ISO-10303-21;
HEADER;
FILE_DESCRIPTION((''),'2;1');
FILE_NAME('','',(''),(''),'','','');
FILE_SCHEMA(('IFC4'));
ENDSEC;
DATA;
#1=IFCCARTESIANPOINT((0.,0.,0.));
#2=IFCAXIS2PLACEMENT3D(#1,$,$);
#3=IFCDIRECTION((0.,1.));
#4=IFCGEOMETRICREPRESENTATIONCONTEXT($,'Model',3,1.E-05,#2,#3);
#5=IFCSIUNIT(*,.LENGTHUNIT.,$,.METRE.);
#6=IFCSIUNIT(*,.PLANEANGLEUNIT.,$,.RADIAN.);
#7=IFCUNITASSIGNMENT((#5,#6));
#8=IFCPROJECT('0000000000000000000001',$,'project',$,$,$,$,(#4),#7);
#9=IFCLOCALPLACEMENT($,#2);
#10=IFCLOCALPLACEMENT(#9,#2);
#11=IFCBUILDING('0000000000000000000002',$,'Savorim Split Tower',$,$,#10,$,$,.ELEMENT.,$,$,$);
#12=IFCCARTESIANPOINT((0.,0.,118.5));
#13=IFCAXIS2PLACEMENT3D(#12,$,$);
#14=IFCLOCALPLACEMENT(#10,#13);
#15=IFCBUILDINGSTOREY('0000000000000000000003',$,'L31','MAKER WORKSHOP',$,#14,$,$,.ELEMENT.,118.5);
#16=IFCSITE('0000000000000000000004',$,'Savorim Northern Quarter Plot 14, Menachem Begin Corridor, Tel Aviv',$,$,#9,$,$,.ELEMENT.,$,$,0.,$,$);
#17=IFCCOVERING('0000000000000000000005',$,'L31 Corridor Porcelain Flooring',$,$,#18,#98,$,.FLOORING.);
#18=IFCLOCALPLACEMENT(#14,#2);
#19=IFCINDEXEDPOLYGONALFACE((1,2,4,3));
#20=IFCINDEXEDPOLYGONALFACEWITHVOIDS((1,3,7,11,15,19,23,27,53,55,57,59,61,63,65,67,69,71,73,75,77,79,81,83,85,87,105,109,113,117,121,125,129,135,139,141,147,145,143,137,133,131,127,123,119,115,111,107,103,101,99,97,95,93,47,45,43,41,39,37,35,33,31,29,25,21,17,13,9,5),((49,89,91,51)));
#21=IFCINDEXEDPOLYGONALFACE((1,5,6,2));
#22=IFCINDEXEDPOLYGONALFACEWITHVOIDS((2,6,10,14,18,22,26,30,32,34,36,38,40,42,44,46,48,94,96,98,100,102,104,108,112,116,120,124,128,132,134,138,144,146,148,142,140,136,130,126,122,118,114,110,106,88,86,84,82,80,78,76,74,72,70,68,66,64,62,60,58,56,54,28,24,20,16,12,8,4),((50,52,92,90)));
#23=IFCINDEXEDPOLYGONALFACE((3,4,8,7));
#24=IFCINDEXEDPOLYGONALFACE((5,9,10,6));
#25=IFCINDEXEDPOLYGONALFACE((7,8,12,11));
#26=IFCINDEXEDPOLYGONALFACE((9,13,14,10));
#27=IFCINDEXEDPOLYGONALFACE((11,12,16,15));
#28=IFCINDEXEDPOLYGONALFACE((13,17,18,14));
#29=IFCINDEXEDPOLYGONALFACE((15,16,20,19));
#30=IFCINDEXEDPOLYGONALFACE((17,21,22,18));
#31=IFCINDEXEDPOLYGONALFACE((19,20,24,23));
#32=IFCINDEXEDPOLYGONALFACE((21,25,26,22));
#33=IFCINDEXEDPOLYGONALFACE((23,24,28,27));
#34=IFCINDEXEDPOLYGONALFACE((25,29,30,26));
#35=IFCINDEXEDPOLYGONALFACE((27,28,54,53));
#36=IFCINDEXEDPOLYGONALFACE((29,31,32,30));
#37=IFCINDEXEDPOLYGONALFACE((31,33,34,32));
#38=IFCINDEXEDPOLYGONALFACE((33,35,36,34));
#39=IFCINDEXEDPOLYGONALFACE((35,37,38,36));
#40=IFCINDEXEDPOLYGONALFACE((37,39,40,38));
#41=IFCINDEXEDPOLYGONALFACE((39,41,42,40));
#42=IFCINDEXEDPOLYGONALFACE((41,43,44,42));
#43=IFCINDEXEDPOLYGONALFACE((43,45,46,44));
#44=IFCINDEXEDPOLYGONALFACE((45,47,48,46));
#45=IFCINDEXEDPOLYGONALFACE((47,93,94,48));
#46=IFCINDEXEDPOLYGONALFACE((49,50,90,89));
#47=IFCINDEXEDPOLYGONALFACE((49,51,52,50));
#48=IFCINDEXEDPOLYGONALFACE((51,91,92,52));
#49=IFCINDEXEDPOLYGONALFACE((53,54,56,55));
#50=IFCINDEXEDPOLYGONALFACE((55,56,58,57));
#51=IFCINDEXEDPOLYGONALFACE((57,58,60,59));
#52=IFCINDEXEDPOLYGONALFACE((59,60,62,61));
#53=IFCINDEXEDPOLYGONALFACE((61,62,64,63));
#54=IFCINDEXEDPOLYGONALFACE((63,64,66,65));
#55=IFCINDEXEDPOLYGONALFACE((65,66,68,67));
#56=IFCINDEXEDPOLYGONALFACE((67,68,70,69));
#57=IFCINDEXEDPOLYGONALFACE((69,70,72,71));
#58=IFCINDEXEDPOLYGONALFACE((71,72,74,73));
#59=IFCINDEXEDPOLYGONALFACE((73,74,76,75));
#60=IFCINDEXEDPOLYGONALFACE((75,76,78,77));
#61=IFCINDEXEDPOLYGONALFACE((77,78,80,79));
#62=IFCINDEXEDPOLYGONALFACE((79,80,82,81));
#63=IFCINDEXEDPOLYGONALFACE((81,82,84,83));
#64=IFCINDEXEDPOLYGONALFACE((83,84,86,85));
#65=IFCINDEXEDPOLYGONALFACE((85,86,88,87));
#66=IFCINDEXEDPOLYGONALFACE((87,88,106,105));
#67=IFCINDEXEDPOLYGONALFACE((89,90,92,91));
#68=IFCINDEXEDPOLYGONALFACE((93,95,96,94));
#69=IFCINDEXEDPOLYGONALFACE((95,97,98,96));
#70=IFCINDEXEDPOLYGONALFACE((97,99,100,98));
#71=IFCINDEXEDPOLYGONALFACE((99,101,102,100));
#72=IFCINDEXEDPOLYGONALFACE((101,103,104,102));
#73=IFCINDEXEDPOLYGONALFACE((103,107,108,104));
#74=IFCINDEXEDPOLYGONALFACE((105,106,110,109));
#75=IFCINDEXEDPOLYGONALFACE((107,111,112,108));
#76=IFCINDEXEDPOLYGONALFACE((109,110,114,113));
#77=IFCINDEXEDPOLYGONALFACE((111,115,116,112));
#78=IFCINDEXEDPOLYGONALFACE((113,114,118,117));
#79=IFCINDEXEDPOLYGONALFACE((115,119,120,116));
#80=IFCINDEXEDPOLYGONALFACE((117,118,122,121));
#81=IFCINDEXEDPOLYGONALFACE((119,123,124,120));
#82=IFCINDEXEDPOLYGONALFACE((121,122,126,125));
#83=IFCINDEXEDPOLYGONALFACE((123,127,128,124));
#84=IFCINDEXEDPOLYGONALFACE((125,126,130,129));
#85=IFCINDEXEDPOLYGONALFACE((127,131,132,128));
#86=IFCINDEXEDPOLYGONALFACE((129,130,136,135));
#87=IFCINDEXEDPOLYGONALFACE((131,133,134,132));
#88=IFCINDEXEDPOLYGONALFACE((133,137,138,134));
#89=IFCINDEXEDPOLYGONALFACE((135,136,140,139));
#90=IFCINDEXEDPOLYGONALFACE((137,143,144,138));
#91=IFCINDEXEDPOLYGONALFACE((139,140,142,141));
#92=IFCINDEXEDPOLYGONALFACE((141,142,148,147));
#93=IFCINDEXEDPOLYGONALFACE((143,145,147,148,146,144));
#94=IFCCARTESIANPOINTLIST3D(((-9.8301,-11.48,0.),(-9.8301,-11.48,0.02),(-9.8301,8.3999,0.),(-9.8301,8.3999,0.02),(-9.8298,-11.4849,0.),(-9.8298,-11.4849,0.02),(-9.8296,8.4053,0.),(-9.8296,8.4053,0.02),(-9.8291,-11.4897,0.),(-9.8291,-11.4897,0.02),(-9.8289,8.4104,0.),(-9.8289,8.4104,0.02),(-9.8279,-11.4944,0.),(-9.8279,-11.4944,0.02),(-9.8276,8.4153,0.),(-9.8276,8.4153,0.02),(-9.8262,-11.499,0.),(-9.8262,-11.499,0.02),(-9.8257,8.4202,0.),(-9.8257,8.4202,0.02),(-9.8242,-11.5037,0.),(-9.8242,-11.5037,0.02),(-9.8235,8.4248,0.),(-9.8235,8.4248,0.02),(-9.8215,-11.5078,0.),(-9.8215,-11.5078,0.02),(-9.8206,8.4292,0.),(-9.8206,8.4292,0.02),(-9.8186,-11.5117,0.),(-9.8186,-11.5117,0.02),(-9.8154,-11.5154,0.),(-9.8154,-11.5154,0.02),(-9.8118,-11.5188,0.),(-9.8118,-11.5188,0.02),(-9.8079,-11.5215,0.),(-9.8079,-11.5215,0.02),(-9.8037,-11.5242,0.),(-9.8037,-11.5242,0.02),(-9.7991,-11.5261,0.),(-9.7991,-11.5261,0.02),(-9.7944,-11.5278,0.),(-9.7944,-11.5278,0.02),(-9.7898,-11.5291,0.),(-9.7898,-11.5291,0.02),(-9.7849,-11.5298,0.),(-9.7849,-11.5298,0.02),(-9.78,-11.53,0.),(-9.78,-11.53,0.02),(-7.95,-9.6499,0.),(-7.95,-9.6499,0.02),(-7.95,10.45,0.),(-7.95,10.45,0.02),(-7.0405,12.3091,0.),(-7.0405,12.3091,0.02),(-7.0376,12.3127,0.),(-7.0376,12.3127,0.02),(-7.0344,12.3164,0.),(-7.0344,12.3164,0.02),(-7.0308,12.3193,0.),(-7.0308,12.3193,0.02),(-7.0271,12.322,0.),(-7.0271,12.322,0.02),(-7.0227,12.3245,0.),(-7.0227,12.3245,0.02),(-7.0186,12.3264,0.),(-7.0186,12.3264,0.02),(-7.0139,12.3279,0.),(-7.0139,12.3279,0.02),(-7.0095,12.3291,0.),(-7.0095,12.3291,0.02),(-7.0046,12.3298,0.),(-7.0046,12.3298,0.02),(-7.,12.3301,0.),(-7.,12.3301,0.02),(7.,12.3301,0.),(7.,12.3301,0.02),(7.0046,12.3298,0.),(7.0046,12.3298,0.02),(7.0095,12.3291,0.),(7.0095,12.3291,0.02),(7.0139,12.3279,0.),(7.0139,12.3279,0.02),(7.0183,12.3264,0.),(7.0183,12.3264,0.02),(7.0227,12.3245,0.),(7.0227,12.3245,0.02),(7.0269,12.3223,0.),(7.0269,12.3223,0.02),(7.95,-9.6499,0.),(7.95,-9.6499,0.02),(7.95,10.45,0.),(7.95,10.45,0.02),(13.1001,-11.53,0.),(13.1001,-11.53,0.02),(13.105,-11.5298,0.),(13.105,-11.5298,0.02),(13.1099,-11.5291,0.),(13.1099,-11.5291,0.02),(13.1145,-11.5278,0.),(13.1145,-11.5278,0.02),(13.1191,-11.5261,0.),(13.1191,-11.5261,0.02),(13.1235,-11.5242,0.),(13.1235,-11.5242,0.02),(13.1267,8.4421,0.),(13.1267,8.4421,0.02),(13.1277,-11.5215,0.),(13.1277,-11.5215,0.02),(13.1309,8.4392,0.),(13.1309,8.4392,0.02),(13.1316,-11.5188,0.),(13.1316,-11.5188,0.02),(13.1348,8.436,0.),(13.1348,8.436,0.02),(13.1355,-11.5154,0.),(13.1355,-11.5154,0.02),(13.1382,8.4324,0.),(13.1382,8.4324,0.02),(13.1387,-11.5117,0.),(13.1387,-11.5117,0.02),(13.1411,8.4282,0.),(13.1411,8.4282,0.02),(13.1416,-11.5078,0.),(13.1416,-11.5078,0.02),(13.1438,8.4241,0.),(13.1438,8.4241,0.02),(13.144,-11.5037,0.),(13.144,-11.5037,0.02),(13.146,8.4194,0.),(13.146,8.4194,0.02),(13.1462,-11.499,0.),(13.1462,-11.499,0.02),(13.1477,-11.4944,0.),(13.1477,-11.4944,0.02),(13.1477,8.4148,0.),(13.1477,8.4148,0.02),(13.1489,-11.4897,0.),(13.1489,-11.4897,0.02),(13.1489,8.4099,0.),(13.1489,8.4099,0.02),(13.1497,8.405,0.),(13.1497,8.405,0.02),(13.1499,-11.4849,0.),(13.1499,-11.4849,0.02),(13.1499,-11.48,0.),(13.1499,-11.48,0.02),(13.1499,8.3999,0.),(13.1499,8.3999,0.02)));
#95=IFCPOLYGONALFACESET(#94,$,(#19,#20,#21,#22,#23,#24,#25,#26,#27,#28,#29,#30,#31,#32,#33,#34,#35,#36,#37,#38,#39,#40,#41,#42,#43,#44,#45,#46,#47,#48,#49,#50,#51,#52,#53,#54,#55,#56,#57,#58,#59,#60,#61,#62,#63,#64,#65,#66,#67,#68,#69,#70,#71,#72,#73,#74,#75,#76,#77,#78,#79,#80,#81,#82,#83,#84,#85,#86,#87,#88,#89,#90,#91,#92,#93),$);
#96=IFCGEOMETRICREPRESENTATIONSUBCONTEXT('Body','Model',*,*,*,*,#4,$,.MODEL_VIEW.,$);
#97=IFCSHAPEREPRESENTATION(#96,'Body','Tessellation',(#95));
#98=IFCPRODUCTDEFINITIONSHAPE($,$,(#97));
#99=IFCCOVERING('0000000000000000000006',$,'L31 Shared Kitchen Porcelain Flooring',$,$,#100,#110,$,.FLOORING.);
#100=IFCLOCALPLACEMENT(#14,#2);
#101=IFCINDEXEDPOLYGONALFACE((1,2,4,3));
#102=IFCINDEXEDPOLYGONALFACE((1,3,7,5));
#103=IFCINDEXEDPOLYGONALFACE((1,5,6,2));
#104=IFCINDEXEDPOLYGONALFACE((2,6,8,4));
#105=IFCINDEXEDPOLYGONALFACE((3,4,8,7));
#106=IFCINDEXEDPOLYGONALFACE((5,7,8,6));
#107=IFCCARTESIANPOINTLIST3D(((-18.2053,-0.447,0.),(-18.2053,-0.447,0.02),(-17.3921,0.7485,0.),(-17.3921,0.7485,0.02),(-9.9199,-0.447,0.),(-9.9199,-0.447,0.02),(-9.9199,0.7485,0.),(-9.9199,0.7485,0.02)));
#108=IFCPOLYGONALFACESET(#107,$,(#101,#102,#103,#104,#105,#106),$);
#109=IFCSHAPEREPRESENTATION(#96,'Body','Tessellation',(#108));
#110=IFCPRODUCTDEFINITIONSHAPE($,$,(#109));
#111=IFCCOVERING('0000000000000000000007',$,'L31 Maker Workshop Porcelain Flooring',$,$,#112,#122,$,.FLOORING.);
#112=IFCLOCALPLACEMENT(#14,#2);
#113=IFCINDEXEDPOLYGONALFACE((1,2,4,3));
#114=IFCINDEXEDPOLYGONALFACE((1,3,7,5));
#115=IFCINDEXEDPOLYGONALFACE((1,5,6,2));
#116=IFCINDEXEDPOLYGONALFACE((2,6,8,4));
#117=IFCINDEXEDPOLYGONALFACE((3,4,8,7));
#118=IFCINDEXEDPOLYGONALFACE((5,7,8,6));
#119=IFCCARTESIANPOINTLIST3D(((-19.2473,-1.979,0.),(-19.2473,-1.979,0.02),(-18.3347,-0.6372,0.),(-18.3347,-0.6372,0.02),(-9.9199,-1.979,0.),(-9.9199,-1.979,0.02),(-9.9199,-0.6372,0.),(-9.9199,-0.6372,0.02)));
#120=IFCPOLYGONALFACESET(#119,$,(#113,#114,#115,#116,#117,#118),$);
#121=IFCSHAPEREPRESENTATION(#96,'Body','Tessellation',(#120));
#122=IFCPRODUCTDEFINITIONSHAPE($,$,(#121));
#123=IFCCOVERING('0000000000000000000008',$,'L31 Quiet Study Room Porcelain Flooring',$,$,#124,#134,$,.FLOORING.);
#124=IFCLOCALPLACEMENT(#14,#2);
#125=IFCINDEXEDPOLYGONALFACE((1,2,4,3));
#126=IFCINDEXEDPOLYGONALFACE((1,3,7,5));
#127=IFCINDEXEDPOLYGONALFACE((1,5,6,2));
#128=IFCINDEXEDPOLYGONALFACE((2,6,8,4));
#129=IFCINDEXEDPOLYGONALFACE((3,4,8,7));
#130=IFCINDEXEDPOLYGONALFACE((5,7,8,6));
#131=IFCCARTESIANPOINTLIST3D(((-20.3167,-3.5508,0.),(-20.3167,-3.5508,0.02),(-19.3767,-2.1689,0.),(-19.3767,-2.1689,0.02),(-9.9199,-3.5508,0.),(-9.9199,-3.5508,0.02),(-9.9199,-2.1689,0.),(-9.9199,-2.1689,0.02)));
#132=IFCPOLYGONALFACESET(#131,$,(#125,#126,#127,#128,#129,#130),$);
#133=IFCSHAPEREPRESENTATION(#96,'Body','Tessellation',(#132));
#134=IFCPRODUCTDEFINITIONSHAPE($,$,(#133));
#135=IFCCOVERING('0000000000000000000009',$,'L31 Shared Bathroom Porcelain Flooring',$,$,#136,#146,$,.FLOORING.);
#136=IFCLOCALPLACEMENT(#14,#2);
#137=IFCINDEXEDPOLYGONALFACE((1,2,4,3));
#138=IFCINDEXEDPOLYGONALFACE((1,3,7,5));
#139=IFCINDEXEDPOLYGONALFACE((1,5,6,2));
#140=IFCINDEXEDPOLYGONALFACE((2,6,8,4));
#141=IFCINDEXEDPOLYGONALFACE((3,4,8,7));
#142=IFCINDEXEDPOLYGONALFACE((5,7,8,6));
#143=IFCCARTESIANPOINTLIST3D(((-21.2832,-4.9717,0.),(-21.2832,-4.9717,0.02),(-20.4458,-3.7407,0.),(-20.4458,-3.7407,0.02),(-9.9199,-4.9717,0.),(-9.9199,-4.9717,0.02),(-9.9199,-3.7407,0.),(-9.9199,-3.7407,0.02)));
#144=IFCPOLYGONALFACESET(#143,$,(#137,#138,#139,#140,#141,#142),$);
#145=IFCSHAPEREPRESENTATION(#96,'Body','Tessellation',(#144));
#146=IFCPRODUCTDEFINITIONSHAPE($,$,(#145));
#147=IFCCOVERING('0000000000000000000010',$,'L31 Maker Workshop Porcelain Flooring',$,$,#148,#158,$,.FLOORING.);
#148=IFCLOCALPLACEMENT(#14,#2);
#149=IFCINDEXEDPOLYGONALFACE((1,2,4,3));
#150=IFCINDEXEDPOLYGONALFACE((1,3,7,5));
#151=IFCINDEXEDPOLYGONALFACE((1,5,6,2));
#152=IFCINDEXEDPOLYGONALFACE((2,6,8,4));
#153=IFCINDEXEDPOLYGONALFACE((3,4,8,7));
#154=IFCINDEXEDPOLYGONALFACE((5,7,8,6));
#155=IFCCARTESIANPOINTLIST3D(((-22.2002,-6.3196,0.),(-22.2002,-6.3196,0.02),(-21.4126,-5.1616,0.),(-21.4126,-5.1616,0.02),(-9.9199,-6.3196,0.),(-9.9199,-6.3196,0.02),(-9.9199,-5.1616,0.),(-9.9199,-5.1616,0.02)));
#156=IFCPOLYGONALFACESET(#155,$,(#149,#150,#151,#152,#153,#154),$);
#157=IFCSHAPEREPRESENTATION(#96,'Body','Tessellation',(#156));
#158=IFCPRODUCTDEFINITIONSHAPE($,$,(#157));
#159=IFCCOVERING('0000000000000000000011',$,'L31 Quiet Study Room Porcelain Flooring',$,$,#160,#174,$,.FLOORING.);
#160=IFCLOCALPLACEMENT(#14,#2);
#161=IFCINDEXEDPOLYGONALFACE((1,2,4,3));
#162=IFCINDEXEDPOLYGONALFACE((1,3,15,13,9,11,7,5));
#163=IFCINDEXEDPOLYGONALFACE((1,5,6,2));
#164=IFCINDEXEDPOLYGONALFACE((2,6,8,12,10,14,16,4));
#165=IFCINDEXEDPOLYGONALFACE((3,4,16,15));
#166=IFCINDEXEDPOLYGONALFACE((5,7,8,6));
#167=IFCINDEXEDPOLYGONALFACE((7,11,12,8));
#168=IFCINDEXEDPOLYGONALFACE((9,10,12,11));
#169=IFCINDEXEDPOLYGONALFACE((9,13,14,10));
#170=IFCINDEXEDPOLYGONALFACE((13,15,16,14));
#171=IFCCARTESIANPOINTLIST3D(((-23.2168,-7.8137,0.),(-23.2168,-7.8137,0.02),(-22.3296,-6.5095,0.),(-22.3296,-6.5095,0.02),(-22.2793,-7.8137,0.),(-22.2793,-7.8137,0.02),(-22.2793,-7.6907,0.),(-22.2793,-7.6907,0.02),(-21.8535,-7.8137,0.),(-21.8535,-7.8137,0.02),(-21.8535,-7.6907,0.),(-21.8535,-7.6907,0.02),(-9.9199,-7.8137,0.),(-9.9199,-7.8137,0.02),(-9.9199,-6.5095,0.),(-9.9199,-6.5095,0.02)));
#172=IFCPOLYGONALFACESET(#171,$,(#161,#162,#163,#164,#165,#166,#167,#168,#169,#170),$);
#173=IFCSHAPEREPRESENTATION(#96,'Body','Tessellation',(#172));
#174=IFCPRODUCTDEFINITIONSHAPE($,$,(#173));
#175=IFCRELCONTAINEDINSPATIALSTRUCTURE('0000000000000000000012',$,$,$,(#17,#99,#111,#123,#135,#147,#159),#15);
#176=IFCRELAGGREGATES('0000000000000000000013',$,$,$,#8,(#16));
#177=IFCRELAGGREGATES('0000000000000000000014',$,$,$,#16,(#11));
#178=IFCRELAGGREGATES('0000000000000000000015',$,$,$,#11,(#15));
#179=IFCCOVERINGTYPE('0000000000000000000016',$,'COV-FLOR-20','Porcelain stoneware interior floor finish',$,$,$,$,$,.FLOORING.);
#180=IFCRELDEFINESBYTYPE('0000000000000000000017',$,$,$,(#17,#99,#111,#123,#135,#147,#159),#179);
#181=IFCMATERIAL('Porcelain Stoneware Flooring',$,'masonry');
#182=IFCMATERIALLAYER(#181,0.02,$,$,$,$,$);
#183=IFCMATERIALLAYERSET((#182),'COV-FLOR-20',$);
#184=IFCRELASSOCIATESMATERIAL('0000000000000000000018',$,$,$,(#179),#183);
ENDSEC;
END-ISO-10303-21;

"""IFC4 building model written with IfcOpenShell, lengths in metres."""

from ifc_helpers import new_model, si_unit, direction, frame, origin, place, context, subcontext, project, spatial, polyline, outline, extrude, material, layer, layer_set, type_object, element, save


model = new_model("IFC4")

# Units and contexts
model_context = context("Model", 3, precision=1e-05, world=origin(), true_north=direction((0.0, 1.0)))
body_context = subcontext(model_context, "Body", "Model", "MODEL_VIEW")
ifc_project = project(units=[si_unit("LENGTHUNIT", "METRE"), si_unit("PLANEANGLEUNIT", "RADIAN")], contexts=[model_context])

# Site, building, storey
site_placement = place(None, origin())
site = spatial("IfcSite", under=ifc_project, at=site_placement, Name="Savorim Northern Quarter Plot 14, Menachem Begin Corridor, Tel Aviv", CompositionType="ELEMENT", RefElevation=0.0)
building_placement = place(site_placement, origin())
building = spatial("IfcBuilding", under=site, at=building_placement, Name="Savorim Split Tower", CompositionType="ELEMENT")
storey_placement = place(building_placement, frame((0.0, 0.0, 118.5)))
storey = spatial("IfcBuildingStorey", under=building, at=storey_placement, Name="L31", Description="MAKER WORKSHOP", CompositionType="ELEMENT", Elevation=118.5)

# Coverings
ifc_material_1 = material(Name="Porcelain Stoneware Flooring", Category="masonry")
ifc_layer_1 = layer(ifc_material_1, 0.02)
ifc_layer_set_1 = layer_set([ifc_layer_1], Name="COV-FLOR-20")
covering_type_1 = type_object("IfcCoveringType", Name="COV-FLOR-20", Description="Porcelain stoneware interior floor finish", PredefinedType="FLOORING", material=ifc_layer_set_1)
covering_1_placement = place(storey_placement, origin())
element("IfcCovering", 1, at=covering_1_placement, inside=storey, type_object=covering_type_1, Name="L31 Corridor Porcelain Flooring", PredefinedType="FLOORING", context=body_context, shape_type="SweptSolid", body=[
    extrude(outline(polyline([(7.0095, 12.3291), (7.0046, 12.3298), (7.0, 12.3301), (-7.0, 12.3301), (-7.0046, 12.3298), (-7.0095, 12.3291), (-7.0139, 12.3279), (-7.0186, 12.3264), (-7.0227, 12.3245), (-7.0271, 12.322), (-7.0308, 12.3193), (-7.0344, 12.3164), (-7.0376, 12.3127), (-7.0405, 12.3091), (-9.8206, 8.4292), (-9.8235, 8.4248), (-9.8257, 8.4202), (-9.8276, 8.4153), (-9.8289, 8.4104), (-9.8296, 8.4053), (-9.8301, 8.3999), (-9.8301, -11.48), (-9.8298, -11.4849), (-9.8291, -11.4897), (-9.8279, -11.4944), (-9.8262, -11.499), (-9.8242, -11.5037), (-9.8215, -11.5078), (-9.8186, -11.5117), (-9.8154, -11.5154), (-9.8118, -11.5188), (-9.8079, -11.5215), (-9.8037, -11.5242), (-9.7991, -11.5261), (-9.7944, -11.5278), (-9.7898, -11.5291), (-9.7849, -11.5298), (-9.78, -11.53), (13.1001, -11.53), (13.105, -11.5298), (13.1099, -11.5291), (13.1145, -11.5278), (13.1191, -11.5261), (13.1235, -11.5242), (13.1277, -11.5215), (13.1316, -11.5188), (13.1355, -11.5154), (13.1387, -11.5117), (13.1416, -11.5078), (13.144, -11.5037), (13.1462, -11.499), (13.1477, -11.4944), (13.1489, -11.4897), (13.1499, -11.4849), (13.1499, -11.48), (13.1499, 8.3999), (13.1497, 8.405), (13.1489, 8.4099), (13.1477, 8.4148), (13.146, 8.4194), (13.1438, 8.4241), (13.1411, 8.4282), (13.1382, 8.4324), (13.1348, 8.436), (13.1309, 8.4392), (13.1267, 8.4421), (7.0269, 12.3223), (7.0227, 12.3245), (7.0183, 12.3264), (7.0139, 12.3279), (7.0095, 12.3291)]), holes=[polyline([(-7.95, 10.45), (-7.95, -9.6499), (7.95, -9.6499), (7.95, 10.45), (-7.95, 10.45)])]), origin(), (0.0, 0.0, 1.0), 0.02),
])
covering_2_placement = place(storey_placement, origin())
element("IfcCovering", 2, at=covering_2_placement, inside=storey, type_object=covering_type_1, Name="L31 Shared Kitchen Porcelain Flooring", PredefinedType="FLOORING", context=body_context, shape_type="SweptSolid", body=[
    extrude(outline(polyline([(-17.3921, 0.7485), (-18.2053, -0.447), (-9.9199, -0.447), (-9.9199, 0.7485), (-17.3921, 0.7485)])), origin(), (0.0, 0.0, 1.0), 0.02),
])
covering_3_placement = place(storey_placement, origin())
element("IfcCovering", 3, at=covering_3_placement, inside=storey, type_object=covering_type_1, Name="L31 Maker Workshop Porcelain Flooring", PredefinedType="FLOORING", context=body_context, shape_type="SweptSolid", body=[
    extrude(outline(polyline([(-18.3347, -0.6372), (-19.2473, -1.979), (-9.9199, -1.979), (-9.9199, -0.6372), (-18.3347, -0.6372)])), origin(), (0.0, 0.0, 1.0), 0.02),
])
covering_4_placement = place(storey_placement, origin())
element("IfcCovering", 4, at=covering_4_placement, inside=storey, type_object=covering_type_1, Name="L31 Quiet Study Room Porcelain Flooring", PredefinedType="FLOORING", context=body_context, shape_type="SweptSolid", body=[
    extrude(outline(polyline([(-19.3767, -2.1689), (-20.3167, -3.5508), (-9.9199, -3.5508), (-9.9199, -2.1689), (-19.3767, -2.1689)])), origin(), (0.0, 0.0, 1.0), 0.02),
])
covering_5_placement = place(storey_placement, origin())
element("IfcCovering", 5, at=covering_5_placement, inside=storey, type_object=covering_type_1, Name="L31 Shared Bathroom Porcelain Flooring", PredefinedType="FLOORING", context=body_context, shape_type="SweptSolid", body=[
    extrude(outline(polyline([(-20.4458, -3.7407), (-21.2832, -4.9717), (-9.9199, -4.9717), (-9.9199, -3.7407), (-20.4458, -3.7407)])), origin(), (0.0, 0.0, 1.0), 0.02),
])
covering_6_placement = place(storey_placement, origin())
element("IfcCovering", 6, at=covering_6_placement, inside=storey, type_object=covering_type_1, Name="L31 Maker Workshop Porcelain Flooring", PredefinedType="FLOORING", context=body_context, shape_type="SweptSolid", body=[
    extrude(outline(polyline([(-21.4126, -5.1616), (-22.2002, -6.3196), (-9.9199, -6.3196), (-9.9199, -5.1616), (-21.4126, -5.1616)])), origin(), (0.0, 0.0, 1.0), 0.02),
])
covering_7_placement = place(storey_placement, origin())
element("IfcCovering", 7, at=covering_7_placement, inside=storey, type_object=covering_type_1, Name="L31 Quiet Study Room Porcelain Flooring", PredefinedType="FLOORING", context=body_context, shape_type="SweptSolid", body=[
    extrude(outline(polyline([(-21.8535, -7.6907), (-21.8535, -7.8137), (-9.9199, -7.8137), (-9.9199, -6.5095), (-22.3296, -6.5095), (-23.2168, -7.8137), (-22.2793, -7.8137), (-22.2793, -7.6907), (-21.8535, -7.6907)])), origin(), (0.0, 0.0, 1.0), 0.02),
])

save(model, "model.ifc")
